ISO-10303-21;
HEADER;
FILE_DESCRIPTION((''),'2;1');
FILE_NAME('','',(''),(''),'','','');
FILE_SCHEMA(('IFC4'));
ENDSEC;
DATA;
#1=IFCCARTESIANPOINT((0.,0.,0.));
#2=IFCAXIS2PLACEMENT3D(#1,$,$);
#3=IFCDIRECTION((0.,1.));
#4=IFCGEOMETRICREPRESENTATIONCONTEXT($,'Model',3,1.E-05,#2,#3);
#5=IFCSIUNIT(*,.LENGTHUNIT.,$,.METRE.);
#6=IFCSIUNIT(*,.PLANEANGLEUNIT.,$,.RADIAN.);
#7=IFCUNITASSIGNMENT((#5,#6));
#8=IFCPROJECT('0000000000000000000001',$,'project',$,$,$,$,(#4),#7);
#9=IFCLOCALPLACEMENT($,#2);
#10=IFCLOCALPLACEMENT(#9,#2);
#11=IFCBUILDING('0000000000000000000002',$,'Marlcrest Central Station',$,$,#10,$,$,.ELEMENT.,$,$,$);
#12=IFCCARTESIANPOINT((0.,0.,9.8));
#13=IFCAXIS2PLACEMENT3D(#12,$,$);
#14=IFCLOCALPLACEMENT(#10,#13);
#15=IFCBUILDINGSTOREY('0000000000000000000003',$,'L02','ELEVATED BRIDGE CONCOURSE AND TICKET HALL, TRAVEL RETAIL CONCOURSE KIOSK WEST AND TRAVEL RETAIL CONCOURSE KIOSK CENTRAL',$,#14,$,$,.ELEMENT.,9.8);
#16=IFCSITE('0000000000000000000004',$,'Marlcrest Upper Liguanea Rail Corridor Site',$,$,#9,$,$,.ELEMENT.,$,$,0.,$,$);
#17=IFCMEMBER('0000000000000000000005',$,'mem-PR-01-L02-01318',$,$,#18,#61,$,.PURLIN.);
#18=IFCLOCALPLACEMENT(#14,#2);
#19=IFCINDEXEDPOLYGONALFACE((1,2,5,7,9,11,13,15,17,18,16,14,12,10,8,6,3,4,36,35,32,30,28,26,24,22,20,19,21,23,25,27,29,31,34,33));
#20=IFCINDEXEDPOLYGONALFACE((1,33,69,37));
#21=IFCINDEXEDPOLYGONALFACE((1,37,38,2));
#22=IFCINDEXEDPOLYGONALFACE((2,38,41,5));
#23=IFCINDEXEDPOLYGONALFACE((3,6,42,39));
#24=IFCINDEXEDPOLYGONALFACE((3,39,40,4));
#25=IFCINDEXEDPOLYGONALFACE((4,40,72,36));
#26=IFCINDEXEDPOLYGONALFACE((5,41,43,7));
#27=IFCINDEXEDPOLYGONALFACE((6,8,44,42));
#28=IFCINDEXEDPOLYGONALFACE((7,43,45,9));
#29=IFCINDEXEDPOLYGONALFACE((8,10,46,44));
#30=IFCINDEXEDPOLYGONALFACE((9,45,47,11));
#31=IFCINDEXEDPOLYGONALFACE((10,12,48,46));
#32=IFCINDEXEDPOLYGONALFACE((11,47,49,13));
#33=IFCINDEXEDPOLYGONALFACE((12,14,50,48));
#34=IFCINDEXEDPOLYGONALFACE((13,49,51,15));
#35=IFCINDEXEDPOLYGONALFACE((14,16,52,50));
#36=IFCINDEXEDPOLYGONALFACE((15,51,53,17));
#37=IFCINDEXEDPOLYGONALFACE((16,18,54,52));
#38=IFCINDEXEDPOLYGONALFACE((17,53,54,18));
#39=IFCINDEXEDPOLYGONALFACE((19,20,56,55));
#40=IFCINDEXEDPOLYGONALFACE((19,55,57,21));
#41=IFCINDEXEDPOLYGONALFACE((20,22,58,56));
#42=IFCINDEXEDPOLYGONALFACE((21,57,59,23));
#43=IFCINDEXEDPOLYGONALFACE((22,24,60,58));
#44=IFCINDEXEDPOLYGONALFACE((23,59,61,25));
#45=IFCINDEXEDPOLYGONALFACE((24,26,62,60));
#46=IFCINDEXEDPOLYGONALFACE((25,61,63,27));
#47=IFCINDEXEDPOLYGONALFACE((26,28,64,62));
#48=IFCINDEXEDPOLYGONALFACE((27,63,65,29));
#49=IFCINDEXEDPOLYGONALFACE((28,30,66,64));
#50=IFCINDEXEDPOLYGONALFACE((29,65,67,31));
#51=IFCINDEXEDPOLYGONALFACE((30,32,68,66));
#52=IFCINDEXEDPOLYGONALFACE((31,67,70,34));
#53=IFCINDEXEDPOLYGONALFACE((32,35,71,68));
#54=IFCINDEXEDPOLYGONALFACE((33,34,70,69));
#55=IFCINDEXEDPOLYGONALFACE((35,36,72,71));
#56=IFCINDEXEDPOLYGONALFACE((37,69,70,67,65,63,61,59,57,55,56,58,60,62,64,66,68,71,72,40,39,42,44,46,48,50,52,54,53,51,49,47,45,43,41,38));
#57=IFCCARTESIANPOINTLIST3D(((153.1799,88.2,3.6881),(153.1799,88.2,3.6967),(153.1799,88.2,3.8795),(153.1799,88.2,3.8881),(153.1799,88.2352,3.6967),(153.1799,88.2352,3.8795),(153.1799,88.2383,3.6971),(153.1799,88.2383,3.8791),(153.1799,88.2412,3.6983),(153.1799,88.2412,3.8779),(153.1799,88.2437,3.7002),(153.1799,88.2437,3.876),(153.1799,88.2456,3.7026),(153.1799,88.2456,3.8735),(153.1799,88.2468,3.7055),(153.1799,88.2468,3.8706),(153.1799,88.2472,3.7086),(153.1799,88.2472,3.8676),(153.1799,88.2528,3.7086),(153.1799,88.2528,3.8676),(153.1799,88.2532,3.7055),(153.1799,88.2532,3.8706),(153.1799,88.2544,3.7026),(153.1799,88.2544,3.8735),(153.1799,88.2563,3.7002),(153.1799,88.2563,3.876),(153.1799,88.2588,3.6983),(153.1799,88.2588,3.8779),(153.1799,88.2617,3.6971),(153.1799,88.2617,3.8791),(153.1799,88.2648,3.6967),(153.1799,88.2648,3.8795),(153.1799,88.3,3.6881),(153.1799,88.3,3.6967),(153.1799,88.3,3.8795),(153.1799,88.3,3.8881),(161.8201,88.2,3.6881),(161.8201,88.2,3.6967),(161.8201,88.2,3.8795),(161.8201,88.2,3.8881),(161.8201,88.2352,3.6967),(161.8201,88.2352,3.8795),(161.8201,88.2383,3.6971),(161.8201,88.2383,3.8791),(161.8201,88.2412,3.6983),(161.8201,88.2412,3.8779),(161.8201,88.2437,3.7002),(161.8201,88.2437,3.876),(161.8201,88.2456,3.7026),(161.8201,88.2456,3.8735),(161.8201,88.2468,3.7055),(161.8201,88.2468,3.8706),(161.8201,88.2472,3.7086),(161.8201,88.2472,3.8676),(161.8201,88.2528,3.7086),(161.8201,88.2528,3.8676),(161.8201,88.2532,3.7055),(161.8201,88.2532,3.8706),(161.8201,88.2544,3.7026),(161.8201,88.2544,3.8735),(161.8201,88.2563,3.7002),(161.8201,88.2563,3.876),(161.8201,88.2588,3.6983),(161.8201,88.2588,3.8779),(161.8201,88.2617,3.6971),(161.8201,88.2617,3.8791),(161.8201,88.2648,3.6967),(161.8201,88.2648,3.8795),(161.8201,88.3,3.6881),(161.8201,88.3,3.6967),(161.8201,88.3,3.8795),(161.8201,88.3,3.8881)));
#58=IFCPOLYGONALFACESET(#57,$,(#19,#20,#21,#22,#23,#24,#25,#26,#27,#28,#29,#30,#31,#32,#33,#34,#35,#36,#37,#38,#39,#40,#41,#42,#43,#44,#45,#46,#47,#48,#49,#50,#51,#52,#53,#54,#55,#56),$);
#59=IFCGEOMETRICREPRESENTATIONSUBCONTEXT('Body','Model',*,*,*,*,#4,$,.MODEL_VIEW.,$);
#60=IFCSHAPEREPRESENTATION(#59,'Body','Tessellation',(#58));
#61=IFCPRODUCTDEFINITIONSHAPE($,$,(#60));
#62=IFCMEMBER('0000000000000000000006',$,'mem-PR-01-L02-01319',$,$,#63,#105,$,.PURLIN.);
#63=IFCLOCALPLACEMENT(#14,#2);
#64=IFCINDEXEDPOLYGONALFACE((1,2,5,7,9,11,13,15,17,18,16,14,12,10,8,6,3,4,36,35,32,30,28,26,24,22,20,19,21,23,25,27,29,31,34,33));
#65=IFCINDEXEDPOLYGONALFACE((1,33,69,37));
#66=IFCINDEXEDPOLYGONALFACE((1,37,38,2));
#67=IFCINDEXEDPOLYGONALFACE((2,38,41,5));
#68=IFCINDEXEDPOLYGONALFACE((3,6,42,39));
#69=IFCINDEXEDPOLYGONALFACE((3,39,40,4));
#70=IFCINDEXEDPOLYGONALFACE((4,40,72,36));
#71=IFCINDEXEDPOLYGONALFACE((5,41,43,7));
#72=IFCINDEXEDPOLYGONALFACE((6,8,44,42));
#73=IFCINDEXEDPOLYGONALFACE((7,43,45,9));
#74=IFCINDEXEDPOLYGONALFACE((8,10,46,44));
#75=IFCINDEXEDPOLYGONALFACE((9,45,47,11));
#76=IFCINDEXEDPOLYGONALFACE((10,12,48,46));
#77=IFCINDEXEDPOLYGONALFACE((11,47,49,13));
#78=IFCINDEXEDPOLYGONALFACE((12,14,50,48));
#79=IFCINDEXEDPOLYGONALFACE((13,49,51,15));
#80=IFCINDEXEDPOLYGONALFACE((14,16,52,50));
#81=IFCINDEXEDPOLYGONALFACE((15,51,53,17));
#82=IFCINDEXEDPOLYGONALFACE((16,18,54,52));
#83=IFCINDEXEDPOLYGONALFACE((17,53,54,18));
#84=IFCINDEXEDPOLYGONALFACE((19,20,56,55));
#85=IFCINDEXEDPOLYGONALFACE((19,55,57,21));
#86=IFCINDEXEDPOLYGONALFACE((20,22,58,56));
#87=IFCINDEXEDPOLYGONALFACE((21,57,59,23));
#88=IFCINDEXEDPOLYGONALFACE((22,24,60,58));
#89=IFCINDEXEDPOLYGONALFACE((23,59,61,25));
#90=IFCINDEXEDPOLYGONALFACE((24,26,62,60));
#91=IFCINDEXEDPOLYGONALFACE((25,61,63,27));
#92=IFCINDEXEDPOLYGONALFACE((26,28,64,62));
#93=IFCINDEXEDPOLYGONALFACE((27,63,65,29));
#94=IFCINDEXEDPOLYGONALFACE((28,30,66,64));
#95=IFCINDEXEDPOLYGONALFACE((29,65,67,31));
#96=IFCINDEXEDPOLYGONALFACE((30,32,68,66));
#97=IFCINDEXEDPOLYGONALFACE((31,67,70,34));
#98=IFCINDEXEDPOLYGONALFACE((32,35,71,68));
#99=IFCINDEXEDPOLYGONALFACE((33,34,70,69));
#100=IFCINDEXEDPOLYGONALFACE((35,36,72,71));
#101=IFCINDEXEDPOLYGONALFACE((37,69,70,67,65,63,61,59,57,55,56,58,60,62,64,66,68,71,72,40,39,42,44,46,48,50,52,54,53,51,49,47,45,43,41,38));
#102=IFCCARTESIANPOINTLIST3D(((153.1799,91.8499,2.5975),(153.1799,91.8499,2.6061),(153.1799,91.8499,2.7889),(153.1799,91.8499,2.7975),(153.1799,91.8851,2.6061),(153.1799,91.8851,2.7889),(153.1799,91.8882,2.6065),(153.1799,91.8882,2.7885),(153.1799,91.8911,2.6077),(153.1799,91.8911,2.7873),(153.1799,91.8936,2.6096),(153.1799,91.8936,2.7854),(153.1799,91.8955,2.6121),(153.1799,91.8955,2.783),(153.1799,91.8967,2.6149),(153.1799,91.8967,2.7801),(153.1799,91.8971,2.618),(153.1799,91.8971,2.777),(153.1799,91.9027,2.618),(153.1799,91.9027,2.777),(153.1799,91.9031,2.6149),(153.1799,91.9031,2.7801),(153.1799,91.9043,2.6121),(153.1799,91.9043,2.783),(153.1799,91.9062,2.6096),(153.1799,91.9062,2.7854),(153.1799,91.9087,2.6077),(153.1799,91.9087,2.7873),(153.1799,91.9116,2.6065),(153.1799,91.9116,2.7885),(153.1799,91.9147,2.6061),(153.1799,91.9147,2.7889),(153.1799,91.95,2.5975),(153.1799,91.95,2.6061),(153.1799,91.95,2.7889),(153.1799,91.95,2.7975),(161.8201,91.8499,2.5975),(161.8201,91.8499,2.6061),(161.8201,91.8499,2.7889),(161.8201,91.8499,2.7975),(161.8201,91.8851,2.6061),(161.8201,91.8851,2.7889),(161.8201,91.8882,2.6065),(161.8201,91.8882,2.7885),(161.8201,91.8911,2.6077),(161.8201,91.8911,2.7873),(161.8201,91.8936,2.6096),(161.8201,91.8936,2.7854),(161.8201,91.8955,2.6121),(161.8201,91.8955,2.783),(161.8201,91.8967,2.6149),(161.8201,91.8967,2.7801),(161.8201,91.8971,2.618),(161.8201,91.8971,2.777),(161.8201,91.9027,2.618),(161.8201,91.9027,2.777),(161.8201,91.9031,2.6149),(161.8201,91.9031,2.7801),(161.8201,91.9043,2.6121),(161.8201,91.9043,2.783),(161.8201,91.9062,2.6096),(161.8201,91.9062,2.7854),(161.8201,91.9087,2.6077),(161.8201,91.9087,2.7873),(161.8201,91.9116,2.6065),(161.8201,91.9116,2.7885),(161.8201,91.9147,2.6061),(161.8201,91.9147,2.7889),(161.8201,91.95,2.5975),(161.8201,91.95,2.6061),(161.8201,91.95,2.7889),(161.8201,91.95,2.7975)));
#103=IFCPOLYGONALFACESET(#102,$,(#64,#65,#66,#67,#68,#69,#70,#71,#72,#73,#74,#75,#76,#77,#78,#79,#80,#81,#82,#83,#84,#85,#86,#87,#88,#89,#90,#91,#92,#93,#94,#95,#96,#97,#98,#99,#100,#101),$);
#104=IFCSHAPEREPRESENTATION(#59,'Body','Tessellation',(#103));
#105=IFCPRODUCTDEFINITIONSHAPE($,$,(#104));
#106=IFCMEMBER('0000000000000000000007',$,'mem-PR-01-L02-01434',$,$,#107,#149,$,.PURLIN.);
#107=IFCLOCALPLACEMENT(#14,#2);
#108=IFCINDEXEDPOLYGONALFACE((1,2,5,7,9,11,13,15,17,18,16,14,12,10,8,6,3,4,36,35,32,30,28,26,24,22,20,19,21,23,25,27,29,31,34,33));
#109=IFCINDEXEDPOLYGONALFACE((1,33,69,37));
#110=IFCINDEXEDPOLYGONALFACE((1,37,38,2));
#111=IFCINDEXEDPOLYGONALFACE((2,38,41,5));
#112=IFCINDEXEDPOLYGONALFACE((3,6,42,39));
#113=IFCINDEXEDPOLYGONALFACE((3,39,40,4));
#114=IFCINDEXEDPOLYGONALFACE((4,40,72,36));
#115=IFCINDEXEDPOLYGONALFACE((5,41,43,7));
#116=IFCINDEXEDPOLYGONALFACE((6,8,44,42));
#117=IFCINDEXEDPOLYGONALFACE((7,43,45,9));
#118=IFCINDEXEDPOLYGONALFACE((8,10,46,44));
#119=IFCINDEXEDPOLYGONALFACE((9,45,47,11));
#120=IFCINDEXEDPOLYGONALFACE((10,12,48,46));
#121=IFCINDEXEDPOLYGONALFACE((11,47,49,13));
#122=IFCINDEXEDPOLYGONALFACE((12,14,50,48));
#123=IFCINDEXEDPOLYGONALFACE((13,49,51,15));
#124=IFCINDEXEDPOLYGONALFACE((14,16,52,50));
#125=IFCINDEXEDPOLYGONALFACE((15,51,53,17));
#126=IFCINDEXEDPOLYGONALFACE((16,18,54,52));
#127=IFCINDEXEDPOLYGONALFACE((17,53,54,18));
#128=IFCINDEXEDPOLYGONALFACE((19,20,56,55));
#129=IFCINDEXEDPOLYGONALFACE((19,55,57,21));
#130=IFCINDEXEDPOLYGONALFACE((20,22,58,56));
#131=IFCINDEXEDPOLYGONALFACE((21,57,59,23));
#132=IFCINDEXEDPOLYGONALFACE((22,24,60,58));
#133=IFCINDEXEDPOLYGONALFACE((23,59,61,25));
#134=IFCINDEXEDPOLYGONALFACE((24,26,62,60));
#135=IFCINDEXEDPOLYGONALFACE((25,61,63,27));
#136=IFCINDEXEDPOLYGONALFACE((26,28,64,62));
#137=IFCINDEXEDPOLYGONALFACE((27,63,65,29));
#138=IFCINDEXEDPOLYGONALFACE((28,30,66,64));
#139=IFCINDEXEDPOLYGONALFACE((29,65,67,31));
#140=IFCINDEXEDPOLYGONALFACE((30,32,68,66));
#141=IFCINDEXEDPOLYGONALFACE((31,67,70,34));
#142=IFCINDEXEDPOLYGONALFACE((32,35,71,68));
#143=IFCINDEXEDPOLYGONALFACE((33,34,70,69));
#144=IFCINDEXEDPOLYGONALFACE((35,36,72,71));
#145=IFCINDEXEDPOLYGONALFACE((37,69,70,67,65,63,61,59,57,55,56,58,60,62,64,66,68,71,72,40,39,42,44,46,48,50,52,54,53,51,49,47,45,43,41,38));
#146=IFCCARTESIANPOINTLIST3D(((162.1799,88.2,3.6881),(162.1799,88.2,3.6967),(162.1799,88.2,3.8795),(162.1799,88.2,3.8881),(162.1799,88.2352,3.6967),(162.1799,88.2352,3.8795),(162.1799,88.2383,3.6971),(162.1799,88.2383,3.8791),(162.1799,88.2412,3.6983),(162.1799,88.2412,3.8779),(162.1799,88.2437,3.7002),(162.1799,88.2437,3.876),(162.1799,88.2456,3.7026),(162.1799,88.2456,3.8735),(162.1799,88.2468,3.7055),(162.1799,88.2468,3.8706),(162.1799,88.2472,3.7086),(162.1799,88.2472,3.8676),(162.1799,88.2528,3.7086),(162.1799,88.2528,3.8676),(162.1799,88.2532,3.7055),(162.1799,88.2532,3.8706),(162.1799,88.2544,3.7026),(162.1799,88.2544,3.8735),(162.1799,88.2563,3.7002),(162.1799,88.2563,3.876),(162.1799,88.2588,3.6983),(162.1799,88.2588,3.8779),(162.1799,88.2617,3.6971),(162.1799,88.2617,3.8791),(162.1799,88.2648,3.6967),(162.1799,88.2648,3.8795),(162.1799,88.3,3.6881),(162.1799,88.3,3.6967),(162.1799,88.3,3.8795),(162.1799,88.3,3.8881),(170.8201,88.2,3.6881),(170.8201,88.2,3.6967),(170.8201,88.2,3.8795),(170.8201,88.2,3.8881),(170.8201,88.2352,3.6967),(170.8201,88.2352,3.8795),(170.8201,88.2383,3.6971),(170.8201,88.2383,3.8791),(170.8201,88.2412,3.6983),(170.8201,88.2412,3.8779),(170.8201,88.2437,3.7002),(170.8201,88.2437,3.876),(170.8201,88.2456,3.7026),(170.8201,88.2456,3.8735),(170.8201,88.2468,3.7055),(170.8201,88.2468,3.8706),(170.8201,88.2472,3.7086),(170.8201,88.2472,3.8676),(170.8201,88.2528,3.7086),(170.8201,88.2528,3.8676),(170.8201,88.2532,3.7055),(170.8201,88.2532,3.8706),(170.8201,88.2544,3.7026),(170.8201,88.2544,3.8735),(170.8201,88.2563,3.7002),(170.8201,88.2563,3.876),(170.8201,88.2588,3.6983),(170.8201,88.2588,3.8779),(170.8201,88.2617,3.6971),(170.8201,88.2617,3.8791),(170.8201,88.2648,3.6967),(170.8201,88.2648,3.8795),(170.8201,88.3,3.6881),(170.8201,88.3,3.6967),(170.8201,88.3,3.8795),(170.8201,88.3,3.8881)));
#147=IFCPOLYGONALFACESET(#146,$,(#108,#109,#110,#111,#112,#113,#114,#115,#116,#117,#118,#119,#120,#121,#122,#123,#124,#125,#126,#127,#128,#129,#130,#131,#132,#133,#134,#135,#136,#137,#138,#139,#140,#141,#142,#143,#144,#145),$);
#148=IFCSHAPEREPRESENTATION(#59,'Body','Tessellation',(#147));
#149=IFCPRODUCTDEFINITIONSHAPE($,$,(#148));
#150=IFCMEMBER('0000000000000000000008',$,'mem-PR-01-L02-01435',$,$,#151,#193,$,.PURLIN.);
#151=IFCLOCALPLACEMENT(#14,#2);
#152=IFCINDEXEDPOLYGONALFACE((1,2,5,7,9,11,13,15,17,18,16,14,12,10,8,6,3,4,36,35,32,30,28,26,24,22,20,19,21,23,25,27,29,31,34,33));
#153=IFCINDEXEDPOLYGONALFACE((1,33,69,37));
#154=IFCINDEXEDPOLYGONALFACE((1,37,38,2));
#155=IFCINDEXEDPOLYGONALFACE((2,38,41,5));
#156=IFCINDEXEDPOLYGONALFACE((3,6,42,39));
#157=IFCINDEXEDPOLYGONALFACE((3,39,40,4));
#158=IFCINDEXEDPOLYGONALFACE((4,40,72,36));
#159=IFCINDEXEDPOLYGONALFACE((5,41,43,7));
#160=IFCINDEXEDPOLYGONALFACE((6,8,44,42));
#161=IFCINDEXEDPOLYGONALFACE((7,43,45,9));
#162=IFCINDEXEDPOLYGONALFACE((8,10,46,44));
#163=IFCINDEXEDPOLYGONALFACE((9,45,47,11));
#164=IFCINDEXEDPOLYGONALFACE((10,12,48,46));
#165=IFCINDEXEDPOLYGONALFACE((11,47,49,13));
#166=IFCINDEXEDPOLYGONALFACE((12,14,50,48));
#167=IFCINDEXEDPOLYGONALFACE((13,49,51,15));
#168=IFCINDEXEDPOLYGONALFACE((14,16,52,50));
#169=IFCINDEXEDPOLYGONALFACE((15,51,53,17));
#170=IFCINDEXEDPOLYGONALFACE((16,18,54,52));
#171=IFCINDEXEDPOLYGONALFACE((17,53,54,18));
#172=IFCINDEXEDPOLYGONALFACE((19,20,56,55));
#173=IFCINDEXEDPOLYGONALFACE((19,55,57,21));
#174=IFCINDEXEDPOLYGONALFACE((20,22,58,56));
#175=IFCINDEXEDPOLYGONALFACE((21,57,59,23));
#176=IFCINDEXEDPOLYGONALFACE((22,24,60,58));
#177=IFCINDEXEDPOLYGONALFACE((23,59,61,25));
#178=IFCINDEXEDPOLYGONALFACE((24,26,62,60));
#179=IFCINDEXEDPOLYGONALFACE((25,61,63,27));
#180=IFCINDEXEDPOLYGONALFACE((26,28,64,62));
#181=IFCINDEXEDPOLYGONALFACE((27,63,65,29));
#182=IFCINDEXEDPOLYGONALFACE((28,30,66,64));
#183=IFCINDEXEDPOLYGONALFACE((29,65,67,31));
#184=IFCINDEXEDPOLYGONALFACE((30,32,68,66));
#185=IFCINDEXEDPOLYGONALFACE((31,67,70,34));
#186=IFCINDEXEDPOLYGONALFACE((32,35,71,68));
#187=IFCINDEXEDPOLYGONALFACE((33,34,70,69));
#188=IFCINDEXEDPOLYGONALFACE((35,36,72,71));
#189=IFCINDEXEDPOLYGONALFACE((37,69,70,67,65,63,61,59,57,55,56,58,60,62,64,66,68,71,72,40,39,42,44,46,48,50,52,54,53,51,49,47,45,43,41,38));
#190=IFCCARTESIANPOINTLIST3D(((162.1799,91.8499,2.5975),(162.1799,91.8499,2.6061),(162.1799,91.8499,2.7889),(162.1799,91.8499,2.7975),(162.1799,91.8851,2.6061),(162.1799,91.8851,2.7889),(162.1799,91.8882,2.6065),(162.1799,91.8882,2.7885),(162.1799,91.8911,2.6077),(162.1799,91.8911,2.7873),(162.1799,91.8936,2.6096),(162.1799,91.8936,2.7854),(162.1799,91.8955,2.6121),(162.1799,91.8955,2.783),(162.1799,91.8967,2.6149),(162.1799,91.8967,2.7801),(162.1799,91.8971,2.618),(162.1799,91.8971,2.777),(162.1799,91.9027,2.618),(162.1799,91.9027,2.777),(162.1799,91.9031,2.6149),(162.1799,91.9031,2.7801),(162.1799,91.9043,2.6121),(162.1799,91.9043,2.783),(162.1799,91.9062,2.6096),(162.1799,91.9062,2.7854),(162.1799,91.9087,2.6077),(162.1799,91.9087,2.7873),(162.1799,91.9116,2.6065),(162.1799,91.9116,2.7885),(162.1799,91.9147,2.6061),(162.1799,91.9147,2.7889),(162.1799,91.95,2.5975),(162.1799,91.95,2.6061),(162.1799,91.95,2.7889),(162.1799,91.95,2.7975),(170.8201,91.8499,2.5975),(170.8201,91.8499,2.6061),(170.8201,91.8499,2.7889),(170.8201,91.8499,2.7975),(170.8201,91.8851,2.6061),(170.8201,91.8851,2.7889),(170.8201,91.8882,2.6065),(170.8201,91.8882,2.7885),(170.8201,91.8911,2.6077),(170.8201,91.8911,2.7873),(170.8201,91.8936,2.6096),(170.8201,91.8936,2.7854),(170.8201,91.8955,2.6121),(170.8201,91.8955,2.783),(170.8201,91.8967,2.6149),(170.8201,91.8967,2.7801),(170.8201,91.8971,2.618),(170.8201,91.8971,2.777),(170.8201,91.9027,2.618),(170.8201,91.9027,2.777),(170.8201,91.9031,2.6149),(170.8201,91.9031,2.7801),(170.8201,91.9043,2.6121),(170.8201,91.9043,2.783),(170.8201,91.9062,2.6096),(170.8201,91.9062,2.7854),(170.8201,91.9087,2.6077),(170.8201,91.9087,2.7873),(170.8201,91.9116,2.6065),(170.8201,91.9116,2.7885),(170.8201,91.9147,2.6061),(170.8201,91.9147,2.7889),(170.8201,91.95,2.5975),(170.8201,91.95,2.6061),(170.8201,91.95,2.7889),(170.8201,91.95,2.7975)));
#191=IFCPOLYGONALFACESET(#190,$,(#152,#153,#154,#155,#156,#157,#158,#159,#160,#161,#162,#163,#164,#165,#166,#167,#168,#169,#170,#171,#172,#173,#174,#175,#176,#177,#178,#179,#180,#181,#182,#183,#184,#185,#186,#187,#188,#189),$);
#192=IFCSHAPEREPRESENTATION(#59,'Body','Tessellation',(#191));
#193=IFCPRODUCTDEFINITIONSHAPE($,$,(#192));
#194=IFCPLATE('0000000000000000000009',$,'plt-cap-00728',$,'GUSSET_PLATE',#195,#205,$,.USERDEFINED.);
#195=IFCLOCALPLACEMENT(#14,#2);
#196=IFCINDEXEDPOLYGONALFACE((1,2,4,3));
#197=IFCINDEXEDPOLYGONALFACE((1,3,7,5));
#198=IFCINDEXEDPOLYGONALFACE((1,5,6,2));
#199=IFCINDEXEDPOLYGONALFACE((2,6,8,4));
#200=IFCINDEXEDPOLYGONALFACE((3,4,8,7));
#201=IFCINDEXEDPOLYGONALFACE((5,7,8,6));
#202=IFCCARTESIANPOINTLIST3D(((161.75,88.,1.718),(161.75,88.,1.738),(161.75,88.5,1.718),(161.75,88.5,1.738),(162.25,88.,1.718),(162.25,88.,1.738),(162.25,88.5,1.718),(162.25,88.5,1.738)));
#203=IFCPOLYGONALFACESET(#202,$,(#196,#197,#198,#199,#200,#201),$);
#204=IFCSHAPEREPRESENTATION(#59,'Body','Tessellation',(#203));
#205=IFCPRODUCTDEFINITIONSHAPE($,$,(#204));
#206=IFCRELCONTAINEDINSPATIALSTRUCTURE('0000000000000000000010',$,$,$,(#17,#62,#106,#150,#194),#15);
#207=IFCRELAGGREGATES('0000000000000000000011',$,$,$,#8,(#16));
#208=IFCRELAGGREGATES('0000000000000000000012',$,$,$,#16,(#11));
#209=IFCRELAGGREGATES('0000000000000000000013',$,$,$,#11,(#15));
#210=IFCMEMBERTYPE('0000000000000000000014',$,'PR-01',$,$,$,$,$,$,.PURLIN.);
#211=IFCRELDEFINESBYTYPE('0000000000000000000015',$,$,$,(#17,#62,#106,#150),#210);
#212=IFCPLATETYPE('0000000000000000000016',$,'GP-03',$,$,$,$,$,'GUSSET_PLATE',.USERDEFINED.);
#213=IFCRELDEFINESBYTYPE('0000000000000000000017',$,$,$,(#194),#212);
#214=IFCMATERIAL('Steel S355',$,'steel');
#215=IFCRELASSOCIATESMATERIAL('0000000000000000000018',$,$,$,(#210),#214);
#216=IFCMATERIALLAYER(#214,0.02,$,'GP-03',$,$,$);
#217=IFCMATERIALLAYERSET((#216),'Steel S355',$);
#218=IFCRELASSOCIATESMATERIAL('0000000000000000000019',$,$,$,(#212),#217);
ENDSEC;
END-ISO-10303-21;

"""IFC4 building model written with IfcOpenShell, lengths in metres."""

from ifc_helpers import new_model, si_unit, direction, frame, origin, origin_2d, place, context, subcontext, project, spatial, rectangle, i_section, extrude, material, layer, layer_set, material_profile, profile_set, type_object, element, save


model = new_model("IFC4")

# Units and contexts
model_context = context("Model", 3, precision=1e-05, world=origin(), true_north=direction((0.0, 1.0)))
body_context = subcontext(model_context, "Body", "Model", "MODEL_VIEW")
ifc_project = project(units=[si_unit("LENGTHUNIT", "METRE"), si_unit("PLANEANGLEUNIT", "RADIAN")], contexts=[model_context])

# Site, building, storey
site_placement = place(None, origin())
site = spatial("IfcSite", under=ifc_project, at=site_placement, Name="Marlcrest Upper Liguanea Rail Corridor Site", CompositionType="ELEMENT", RefElevation=0.0)
building_placement = place(site_placement, origin())
building = spatial("IfcBuilding", under=site, at=building_placement, Name="Marlcrest Central Station", CompositionType="ELEMENT")
storey_placement = place(building_placement, frame((0.0, 0.0, 9.8)))
storey = spatial("IfcBuildingStorey", under=building, at=storey_placement, Name="L02", Description="ELEVATED BRIDGE CONCOURSE AND TICKET HALL, TRAVEL RETAIL CONCOURSE KIOSK WEST AND TRAVEL RETAIL CONCOURSE KIOSK CENTRAL", CompositionType="ELEMENT", Elevation=9.8)

# Members
ifc_material_1 = material(Name="Steel S355", Category="steel")
ifc_material_profile_1 = material_profile(ifc_material_1, i_section(OverallWidth=0.1001, OverallDepth=0.2, WebThickness=0.0056, FlangeThickness=0.0085, FilletRadius=0.012, at=origin_2d()), Name="IPE 200")
ifc_profile_set_1 = profile_set([ifc_material_profile_1], Name="Steel S355")
member_type_1 = type_object("IfcMemberType", Name="PR-01", PredefinedType="PURLIN", material=ifc_profile_set_1)
for number, where, z_axis, x_axis, name in (
    (1, (153.1799, 88.25, 3.7881), (1.0, 0.0, 0.0), (0.0, 1.0, 0.0), "mem-PR-01-L02-01318"),
    (2, (153.1799, 91.8999, 2.6975), (1.0, 0.0, 0.0), (0.0, 1.0, 0.0), "mem-PR-01-L02-01319"),
    (3, (162.1799, 88.25, 3.7881), (1.0, 0.0, 0.0), (0.0, 1.0, 0.0), "mem-PR-01-L02-01434"),
    (4, (162.1799, 91.8999, 2.6975), (1.0, 0.0, 0.0), (0.0, 1.0, 0.0), "mem-PR-01-L02-01435"),
):
    element("IfcMember", number, at=place(storey_placement, frame(where, z_axis=z_axis, x_axis=x_axis)), inside=storey, type_object=member_type_1, Name=name, PredefinedType="PURLIN", context=body_context, shape_type="SweptSolid", body=[
        extrude(i_section(OverallWidth=0.1001, OverallDepth=0.2, WebThickness=0.0056, FlangeThickness=0.0085, FilletRadius=0.012, at=origin_2d()), origin(), (0.0, 0.0, 1.0), 8.6401),
    ])

# Plate
ifc_layer_1 = layer(ifc_material_1, 0.02, Name="GP-03")
ifc_layer_set_1 = layer_set([ifc_layer_1], Name="Steel S355")
plate_type = type_object("IfcPlateType", Name="GP-03", ElementType="GUSSET_PLATE", PredefinedType="USERDEFINED", material=ifc_layer_set_1)
for number, where, z_axis, x_axis, name in (
    (5, (162.0, 88.25, 1.718), (0.0, 0.0, 1.0), (1.0, 0.0, 0.0), "plt-cap-00728"),
):
    element("IfcPlate", number, at=place(storey_placement, frame(where, z_axis=z_axis, x_axis=x_axis)), inside=storey, type_object=plate_type, Name=name, ObjectType="GUSSET_PLATE", PredefinedType="USERDEFINED", context=body_context, shape_type="SweptSolid", body=[
        extrude(rectangle(XDim=0.5, YDim=0.5, at=origin_2d()), origin(), (0.0, 0.0, 1.0), 0.02),
    ])

save(model, "model.ifc")
